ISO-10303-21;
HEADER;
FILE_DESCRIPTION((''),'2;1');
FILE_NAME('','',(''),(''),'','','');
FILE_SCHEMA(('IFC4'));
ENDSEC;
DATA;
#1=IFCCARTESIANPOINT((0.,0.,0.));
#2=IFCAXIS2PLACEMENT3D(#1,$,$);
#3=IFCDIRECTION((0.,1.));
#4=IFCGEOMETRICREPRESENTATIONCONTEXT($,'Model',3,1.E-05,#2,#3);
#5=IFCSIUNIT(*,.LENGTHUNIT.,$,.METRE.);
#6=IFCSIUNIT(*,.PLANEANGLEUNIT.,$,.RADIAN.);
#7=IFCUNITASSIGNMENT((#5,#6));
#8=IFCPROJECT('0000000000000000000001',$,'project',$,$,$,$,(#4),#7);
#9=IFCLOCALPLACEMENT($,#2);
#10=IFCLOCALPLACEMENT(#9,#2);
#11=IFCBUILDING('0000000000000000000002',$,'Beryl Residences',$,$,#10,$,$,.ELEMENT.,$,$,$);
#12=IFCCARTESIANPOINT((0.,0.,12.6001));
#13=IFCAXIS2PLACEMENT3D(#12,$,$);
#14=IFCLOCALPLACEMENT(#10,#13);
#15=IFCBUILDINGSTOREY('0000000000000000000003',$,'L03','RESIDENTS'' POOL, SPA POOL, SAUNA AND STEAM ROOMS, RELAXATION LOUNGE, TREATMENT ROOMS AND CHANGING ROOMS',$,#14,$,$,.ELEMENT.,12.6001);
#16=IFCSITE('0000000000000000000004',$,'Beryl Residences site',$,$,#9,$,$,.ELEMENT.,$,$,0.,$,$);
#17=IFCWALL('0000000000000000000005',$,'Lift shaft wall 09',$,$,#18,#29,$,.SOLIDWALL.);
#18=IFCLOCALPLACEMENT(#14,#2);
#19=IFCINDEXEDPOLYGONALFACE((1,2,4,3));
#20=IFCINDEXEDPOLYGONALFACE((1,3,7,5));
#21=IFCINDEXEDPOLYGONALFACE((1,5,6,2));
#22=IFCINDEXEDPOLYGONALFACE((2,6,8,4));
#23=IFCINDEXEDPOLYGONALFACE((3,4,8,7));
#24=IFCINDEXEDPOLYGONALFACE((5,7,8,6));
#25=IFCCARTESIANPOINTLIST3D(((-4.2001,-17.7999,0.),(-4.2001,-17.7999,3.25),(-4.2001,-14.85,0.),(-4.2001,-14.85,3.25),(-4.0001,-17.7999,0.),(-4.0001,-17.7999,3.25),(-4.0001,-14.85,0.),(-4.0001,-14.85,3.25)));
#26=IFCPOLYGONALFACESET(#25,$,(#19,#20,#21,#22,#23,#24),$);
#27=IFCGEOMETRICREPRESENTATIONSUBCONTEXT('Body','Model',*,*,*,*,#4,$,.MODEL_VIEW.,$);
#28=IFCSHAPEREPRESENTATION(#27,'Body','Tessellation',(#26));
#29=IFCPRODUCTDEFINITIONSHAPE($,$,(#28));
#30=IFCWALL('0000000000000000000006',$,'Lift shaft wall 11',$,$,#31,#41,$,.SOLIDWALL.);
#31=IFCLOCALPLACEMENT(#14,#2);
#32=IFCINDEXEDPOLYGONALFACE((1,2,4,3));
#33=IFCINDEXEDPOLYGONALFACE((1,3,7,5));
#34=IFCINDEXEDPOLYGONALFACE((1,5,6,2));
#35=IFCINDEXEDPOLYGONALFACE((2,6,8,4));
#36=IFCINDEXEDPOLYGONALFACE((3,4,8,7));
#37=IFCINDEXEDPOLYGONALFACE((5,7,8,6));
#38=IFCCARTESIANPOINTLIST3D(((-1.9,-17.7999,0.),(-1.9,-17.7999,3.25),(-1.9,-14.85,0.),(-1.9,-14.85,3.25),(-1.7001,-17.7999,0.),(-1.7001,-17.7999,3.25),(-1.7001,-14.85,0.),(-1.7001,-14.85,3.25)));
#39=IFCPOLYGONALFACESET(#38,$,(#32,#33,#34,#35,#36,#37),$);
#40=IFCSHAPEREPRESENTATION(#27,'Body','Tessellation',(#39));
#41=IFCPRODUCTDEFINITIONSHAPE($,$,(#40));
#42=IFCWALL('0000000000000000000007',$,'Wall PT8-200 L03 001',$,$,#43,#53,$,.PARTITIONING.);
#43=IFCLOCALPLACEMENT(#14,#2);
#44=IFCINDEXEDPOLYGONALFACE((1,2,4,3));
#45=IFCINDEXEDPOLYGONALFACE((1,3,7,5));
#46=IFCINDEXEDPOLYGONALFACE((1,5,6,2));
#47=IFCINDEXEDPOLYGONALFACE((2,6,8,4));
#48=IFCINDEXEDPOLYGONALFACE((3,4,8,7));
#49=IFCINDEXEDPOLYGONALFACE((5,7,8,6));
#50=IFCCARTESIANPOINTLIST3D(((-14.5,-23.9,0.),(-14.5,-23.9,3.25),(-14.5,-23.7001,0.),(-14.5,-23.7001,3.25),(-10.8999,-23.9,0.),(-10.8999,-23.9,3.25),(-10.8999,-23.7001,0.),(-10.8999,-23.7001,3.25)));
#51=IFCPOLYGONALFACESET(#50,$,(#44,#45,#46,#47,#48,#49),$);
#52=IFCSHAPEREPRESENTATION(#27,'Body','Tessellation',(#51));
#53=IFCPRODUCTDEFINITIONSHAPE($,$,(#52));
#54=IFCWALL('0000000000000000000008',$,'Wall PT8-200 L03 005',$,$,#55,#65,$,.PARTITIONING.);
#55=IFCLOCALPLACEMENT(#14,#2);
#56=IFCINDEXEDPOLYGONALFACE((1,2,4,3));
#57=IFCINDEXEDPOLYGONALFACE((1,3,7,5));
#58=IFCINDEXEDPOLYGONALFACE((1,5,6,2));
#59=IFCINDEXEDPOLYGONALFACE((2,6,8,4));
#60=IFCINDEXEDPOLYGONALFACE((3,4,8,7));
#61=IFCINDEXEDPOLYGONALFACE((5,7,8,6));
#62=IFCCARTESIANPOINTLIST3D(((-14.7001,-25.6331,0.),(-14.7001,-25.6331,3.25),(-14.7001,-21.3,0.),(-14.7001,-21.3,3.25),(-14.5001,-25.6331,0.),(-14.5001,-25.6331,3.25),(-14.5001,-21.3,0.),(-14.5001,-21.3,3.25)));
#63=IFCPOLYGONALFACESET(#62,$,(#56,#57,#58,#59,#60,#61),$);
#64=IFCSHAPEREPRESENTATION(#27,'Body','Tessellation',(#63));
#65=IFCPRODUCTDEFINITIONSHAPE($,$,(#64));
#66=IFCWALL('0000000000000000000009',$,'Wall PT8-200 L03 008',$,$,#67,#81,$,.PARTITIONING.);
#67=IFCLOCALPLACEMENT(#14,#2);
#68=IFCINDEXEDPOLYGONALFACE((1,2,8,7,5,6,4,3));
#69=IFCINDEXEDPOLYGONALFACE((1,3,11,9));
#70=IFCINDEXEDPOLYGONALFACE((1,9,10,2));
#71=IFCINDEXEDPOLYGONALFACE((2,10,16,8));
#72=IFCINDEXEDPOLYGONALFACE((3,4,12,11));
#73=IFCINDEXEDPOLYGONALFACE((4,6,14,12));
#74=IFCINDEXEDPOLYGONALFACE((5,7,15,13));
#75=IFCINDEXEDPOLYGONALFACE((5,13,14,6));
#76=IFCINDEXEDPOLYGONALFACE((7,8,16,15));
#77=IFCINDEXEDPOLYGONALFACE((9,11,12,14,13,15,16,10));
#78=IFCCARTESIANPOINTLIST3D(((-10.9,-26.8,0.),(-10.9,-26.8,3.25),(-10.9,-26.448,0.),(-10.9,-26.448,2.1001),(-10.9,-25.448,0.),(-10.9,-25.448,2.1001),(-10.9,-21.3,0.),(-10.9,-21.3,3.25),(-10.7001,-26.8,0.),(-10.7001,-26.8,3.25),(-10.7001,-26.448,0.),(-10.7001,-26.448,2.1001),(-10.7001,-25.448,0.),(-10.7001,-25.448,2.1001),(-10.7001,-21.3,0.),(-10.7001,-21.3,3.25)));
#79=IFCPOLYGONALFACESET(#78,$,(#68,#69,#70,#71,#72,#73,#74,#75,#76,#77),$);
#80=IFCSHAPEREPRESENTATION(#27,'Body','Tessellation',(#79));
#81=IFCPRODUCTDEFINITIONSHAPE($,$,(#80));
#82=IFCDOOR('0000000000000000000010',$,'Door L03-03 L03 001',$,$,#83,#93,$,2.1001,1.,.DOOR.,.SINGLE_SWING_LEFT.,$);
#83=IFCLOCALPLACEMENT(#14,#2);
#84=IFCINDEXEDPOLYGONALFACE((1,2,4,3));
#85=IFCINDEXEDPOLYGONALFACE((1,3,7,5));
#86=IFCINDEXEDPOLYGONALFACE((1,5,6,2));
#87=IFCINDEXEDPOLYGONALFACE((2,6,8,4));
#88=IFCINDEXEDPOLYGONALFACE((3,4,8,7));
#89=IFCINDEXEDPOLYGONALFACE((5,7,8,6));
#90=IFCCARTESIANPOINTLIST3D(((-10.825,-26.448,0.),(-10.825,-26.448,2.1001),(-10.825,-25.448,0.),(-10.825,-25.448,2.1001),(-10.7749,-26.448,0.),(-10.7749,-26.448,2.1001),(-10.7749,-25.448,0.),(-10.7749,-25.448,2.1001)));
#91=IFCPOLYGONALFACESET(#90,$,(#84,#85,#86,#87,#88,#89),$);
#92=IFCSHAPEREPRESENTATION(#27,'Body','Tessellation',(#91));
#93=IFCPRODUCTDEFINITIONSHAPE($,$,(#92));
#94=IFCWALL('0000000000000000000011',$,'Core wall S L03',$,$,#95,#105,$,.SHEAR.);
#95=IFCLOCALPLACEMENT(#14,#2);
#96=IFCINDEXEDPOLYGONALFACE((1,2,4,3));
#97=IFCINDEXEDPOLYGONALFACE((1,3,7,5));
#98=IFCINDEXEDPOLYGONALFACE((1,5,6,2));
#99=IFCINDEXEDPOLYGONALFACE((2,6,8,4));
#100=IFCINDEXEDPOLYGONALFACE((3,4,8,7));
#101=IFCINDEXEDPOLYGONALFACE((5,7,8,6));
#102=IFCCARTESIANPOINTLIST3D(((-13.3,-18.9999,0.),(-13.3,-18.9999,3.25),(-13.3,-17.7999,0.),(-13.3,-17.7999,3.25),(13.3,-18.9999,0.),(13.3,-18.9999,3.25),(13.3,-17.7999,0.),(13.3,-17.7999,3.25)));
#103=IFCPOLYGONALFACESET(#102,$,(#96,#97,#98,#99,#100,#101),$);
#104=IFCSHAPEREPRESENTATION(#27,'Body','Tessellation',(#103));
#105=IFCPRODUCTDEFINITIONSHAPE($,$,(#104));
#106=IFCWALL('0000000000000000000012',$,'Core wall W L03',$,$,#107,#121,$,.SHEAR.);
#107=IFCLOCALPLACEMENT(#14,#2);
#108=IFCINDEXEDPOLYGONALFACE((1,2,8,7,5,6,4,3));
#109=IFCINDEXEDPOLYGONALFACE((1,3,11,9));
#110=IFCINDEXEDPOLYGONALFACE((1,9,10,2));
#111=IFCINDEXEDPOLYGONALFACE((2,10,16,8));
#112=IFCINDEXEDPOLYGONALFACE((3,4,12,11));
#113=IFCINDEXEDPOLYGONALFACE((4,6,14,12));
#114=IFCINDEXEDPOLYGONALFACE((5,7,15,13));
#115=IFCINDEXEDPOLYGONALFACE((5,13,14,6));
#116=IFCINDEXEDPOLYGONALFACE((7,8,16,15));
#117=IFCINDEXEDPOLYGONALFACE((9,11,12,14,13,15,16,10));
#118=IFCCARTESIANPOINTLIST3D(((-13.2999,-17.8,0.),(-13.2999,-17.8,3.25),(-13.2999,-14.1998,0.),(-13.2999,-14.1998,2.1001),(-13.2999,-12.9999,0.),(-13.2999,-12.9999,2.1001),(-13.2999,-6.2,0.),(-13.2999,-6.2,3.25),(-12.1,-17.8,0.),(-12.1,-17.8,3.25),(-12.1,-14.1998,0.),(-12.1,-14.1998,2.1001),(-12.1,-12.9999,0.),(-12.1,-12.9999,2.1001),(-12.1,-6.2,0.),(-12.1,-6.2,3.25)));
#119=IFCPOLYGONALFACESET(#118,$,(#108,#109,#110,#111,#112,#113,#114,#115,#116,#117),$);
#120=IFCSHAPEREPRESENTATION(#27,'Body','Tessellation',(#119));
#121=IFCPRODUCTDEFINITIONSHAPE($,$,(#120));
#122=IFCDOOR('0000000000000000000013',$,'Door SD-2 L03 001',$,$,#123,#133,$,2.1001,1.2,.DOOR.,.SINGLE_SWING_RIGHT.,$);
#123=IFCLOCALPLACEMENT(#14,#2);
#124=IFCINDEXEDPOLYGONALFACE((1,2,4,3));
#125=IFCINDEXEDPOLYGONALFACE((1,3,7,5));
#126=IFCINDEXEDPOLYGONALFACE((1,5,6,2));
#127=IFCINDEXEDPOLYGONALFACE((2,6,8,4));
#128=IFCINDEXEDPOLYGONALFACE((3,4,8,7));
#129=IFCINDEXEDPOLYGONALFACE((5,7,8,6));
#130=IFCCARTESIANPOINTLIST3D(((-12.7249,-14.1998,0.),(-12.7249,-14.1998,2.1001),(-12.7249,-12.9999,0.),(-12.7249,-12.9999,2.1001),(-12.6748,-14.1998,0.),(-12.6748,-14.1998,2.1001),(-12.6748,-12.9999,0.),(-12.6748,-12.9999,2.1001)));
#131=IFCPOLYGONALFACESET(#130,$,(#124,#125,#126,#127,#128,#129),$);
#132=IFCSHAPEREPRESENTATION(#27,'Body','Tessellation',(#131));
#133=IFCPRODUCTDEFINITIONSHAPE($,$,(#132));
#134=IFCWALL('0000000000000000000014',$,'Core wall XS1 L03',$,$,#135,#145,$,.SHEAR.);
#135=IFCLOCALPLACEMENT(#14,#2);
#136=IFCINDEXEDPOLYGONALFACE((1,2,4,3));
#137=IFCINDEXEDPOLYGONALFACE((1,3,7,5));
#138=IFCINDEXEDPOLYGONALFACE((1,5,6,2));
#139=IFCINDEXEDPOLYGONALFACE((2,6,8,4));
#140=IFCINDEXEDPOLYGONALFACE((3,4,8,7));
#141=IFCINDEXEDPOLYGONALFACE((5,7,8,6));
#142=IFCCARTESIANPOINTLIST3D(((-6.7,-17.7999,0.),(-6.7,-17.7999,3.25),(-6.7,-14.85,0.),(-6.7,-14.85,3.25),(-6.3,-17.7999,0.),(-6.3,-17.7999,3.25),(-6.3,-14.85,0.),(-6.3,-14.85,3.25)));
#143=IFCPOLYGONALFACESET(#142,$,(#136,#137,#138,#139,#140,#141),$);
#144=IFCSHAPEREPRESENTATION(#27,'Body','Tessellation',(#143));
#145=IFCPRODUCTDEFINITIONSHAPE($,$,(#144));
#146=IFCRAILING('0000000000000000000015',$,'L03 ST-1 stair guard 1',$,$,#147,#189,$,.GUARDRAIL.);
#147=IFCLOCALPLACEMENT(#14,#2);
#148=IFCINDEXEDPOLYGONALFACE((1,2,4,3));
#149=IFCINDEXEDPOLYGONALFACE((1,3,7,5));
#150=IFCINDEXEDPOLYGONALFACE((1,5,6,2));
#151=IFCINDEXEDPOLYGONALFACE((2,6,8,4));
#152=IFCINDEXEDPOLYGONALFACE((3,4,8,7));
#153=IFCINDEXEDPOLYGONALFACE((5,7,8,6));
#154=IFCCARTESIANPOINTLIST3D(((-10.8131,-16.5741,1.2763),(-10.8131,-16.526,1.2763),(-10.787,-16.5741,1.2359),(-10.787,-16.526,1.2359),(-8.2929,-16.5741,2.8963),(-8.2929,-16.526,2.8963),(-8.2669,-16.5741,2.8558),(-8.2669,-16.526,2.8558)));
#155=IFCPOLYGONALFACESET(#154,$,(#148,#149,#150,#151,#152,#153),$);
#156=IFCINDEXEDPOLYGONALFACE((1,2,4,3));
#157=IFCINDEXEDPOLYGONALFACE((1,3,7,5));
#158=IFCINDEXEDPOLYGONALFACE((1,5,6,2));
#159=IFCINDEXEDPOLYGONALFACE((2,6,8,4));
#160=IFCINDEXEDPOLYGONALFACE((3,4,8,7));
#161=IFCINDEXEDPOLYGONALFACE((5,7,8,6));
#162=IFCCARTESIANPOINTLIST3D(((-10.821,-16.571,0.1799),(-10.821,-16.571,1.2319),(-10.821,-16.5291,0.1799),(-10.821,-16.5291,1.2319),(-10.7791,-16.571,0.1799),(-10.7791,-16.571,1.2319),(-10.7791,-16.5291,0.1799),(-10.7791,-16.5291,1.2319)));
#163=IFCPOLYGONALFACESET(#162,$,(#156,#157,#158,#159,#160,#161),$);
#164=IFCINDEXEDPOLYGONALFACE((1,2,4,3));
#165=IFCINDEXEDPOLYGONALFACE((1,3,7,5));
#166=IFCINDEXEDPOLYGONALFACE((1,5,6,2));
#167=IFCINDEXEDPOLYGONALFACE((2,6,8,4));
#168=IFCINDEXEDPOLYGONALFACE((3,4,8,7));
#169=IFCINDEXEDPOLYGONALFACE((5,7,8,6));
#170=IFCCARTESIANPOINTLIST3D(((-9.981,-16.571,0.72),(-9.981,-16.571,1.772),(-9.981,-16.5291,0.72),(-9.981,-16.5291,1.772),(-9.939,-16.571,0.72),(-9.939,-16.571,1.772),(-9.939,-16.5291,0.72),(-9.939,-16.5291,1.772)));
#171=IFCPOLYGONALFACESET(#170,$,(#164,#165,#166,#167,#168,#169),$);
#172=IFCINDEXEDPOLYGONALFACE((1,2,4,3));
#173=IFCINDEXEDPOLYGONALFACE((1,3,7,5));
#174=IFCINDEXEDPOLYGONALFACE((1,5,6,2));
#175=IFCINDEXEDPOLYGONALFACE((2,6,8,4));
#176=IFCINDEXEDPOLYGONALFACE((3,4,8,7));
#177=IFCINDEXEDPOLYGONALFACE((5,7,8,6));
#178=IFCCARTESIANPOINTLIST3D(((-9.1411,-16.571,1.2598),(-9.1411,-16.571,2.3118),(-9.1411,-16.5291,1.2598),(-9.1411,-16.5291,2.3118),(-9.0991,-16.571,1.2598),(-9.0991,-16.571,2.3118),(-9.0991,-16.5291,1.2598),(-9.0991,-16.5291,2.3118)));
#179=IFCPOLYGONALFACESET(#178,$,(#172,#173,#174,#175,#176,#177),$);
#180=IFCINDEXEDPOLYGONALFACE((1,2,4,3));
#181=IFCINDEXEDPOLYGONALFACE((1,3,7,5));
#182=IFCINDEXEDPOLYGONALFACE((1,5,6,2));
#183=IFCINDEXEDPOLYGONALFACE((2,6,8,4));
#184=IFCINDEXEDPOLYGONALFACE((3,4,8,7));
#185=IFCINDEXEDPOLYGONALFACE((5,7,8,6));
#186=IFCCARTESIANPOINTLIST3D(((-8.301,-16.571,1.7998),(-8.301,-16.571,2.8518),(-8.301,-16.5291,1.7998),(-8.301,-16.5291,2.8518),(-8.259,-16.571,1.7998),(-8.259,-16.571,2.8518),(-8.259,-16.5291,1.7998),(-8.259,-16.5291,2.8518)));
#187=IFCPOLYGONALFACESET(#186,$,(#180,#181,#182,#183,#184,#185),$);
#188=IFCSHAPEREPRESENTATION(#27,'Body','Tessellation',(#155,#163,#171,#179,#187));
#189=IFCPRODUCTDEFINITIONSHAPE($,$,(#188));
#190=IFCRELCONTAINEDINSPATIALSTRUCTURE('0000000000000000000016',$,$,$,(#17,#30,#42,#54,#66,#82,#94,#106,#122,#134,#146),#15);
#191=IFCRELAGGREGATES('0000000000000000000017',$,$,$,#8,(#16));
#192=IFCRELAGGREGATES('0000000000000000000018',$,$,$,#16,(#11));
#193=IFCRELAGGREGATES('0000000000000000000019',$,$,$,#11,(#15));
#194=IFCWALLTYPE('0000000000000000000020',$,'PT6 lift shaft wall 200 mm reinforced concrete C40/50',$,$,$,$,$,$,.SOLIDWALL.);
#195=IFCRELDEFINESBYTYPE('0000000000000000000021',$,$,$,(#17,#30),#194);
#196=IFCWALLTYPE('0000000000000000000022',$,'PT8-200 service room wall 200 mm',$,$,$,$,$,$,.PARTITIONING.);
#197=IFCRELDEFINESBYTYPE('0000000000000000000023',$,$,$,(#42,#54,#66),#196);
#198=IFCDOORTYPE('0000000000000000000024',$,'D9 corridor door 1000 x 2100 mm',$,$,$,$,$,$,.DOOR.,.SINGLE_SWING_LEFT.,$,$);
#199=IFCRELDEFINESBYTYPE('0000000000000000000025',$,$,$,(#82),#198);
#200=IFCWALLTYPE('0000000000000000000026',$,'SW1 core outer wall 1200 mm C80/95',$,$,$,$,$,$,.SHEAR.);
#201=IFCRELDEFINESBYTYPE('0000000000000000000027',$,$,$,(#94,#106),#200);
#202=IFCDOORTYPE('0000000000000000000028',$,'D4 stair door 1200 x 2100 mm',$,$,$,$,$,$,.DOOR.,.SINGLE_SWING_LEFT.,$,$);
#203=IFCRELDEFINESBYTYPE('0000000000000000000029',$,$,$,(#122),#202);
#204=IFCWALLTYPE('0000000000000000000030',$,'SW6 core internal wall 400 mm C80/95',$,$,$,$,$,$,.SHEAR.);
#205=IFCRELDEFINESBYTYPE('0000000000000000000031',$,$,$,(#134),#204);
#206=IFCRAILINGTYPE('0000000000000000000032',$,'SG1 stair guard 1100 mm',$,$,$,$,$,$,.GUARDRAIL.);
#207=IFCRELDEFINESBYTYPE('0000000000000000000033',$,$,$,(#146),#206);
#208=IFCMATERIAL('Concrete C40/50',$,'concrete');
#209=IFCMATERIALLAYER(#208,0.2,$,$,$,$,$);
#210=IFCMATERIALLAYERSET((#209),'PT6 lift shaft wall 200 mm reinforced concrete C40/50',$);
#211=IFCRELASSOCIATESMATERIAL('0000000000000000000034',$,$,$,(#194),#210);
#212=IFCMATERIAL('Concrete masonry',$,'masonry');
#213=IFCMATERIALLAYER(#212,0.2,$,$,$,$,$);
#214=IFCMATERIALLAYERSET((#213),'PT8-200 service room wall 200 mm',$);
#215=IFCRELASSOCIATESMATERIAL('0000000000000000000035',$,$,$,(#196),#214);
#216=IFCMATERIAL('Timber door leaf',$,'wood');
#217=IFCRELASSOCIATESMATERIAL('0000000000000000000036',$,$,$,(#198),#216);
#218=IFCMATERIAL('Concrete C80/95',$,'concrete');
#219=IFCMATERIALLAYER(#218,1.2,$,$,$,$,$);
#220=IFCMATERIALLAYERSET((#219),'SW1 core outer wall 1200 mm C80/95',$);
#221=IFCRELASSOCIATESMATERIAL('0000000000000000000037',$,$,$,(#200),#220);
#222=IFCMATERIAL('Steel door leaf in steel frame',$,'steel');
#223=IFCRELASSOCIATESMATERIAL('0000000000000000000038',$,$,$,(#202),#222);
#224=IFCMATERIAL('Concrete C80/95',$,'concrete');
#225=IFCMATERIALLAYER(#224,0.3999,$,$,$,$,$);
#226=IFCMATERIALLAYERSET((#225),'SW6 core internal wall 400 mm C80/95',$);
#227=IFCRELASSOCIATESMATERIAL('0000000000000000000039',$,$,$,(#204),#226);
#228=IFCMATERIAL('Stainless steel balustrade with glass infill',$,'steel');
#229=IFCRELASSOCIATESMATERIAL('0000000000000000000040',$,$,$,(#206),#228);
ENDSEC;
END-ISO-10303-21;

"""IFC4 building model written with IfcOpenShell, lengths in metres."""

from ifc_helpers import new_model, si_unit, direction, frame, frame_2d, origin, origin_2d, place, context, subcontext, project, spatial, rectangle, extrude, material, layer, layer_set, type_object, element, fill, save


model = new_model("IFC4")

# Units and contexts
model_context = context("Model", 3, precision=1e-05, world=origin(), true_north=direction((0.0, 1.0)))
body_context = subcontext(model_context, "Body", "Model", "MODEL_VIEW")
ifc_project = project(units=[si_unit("LENGTHUNIT", "METRE"), si_unit("PLANEANGLEUNIT", "RADIAN")], contexts=[model_context])

# Site, building, storey
site_placement = place(None, origin())
site = spatial("IfcSite", under=ifc_project, at=site_placement, Name="Beryl Residences site", CompositionType="ELEMENT", RefElevation=0.0)
building_placement = place(site_placement, origin())
building = spatial("IfcBuilding", under=site, at=building_placement, Name="Beryl Residences", CompositionType="ELEMENT")
storey_placement = place(building_placement, frame((0.0, 0.0, 12.6001)))
storey = spatial("IfcBuildingStorey", under=building, at=storey_placement, Name="L03", Description="RESIDENTS' POOL, SPA POOL, SAUNA AND STEAM ROOMS, RELAXATION LOUNGE, TREATMENT ROOMS AND CHANGING ROOMS", CompositionType="ELEMENT", Elevation=12.6001)

# Walls
ifc_material_1 = material(Name="Concrete C40/50", Category="concrete")
ifc_layer_1 = layer(ifc_material_1, 0.2)
ifc_layer_set_1 = layer_set([ifc_layer_1], Name="PT6 lift shaft wall 200 mm reinforced concrete C40/50")
wall_type_1 = type_object("IfcWallType", Name="PT6 lift shaft wall 200 mm reinforced concrete C40/50", PredefinedType="SOLIDWALL", material=ifc_layer_set_1)
for number, where, z_axis, x_axis, name in (
    (1, (-4.1001, -17.8, 0.0), (0.0, 0.0, 1.0), (0.0, 1.0, 0.0), "Lift shaft wall 09"),
    (2, (-1.8, -17.8, 0.0), (0.0, 0.0, 1.0), (0.0, 1.0, 0.0), "Lift shaft wall 11"),
):
    element("IfcWall", number, at=place(storey_placement, frame(where, z_axis=z_axis, x_axis=x_axis)), inside=storey, type_object=wall_type_1, Name=name, PredefinedType="SOLIDWALL", context=body_context, shape_type="SweptSolid", body=[
        extrude(rectangle(XDim=2.95, YDim=0.2, at=frame_2d((1.4751, 0.0))), origin(), (0.0, 0.0, 1.0), 3.25),
    ])
ifc_material_2 = material(Name="Concrete masonry", Category="masonry")
ifc_layer_2 = layer(ifc_material_2, 0.2)
ifc_layer_set_2 = layer_set([ifc_layer_2], Name="PT8-200 service room wall 200 mm")
wall_type_2 = type_object("IfcWallType", Name="PT8-200 service room wall 200 mm", PredefinedType="PARTITIONING", material=ifc_layer_set_2)
wall_1_placement = place(storey_placement, frame((-14.5, -23.8, 0.0), z_axis=(0.0, 0.0, 1.0), x_axis=(1.0, 0.0, 0.0)))
element("IfcWall", 3, at=wall_1_placement, inside=storey, type_object=wall_type_2, Name="Wall PT8-200 L03 001", PredefinedType="PARTITIONING", context=body_context, shape_type="SweptSolid", body=[
    extrude(rectangle(XDim=3.6001, YDim=0.2, at=frame_2d((1.8, 0.0))), origin(), (0.0, 0.0, 1.0), 3.25),
])
wall_2_placement = place(storey_placement, frame((-14.6001, -25.6331, 0.0), z_axis=(0.0, 0.0, 1.0), x_axis=(0.0, 1.0, 0.0)))
element("IfcWall", 4, at=wall_2_placement, inside=storey, type_object=wall_type_2, Name="Wall PT8-200 L03 005", PredefinedType="PARTITIONING", context=body_context, shape_type="SweptSolid", body=[
    extrude(rectangle(XDim=4.333, YDim=0.2, at=frame_2d((2.1665, 0.0))), origin(), (0.0, 0.0, 1.0), 3.25),
])

# Wall, opening, door
wall_3_placement = place(storey_placement, frame((-10.8, -26.8, 0.0), z_axis=(0.0, 0.0, 1.0), x_axis=(0.0, 1.0, 0.0)))
wall_3 = element("IfcWall", 5, at=wall_3_placement, inside=storey, type_object=wall_type_2, Name="Wall PT8-200 L03 008", PredefinedType="PARTITIONING", context=body_context, shape_type="SweptSolid", body=[
    extrude(rectangle(XDim=5.5, YDim=0.2, at=frame_2d((2.75, 0.0))), origin(), (0.0, 0.0, 1.0), 3.25),
])
opening_1_placement = place(wall_3_placement, frame((0.3521, 0.0, 0.0)))
opening_1 = element("IfcOpeningElement", 6, at=opening_1_placement, cuts=wall_3, PredefinedType="OPENING", context=body_context, shape_type="SweptSolid", body=[
    extrude(rectangle(XDim=1.0, YDim=2.1001, at=frame_2d((0.5, 1.05))), frame((0.0, 0.1099, 0.0), z_axis=(0.0, -1.0, 0.0), x_axis=(1.0, 0.0, 0.0)), (0.0, 0.0, 1.0), 0.22),
])
ifc_material_3 = material(Name="Timber door leaf", Category="wood")
door_type_1 = type_object("IfcDoorType", Name="D9 corridor door 1000 x 2100 mm", OperationType="SINGLE_SWING_LEFT", PredefinedType="DOOR", material=ifc_material_3)
door_1_placement = place(opening_1_placement, origin())
door_1 = element("IfcDoor", 7, at=door_1_placement, inside=storey, type_object=door_type_1, Name="Door L03-03 L03 001", OperationType="SINGLE_SWING_LEFT", OverallHeight=2.1001, OverallWidth=1.0, PredefinedType="DOOR", context=body_context, shape_type="SweptSolid", body=[
    extrude(rectangle(XDim=1.0, YDim=2.1001, at=frame_2d((0.5, 1.05))), frame((0.0, 0.0249, 0.0), z_axis=(0.0, -1.0, 0.0), x_axis=(1.0, 0.0, 0.0)), (0.0, 0.0, 1.0), 0.05),
])
fill(opening_1, door_1)

# Wall
ifc_material_4 = material(Name="Concrete C80/95", Category="concrete")
ifc_layer_3 = layer(ifc_material_4, 1.2)
ifc_layer_set_3 = layer_set([ifc_layer_3], Name="SW1 core outer wall 1200 mm C80/95")
wall_type_3 = type_object("IfcWallType", Name="SW1 core outer wall 1200 mm C80/95", PredefinedType="SHEAR", material=ifc_layer_set_3)
wall_4_placement = place(storey_placement, frame((-13.3, -18.3999, 0.0), z_axis=(0.0, 0.0, 1.0), x_axis=(1.0, 0.0, 0.0)))
element("IfcWall", 8, at=wall_4_placement, inside=storey, type_object=wall_type_3, Name="Core wall S L03", PredefinedType="SHEAR", context=body_context, shape_type="SweptSolid", body=[
    extrude(rectangle(XDim=26.6001, YDim=1.2, at=frame_2d((13.3, 0.0))), origin(), (0.0, 0.0, 1.0), 3.25),
])

# Wall, opening, door
wall_5_placement = place(storey_placement, frame((-12.7, -17.8, 0.0), z_axis=(0.0, 0.0, 1.0), x_axis=(0.0, 1.0, 0.0)))
wall_5 = element("IfcWall", 9, at=wall_5_placement, inside=storey, type_object=wall_type_3, Name="Core wall W L03", PredefinedType="SHEAR", context=body_context, shape_type="SweptSolid", body=[
    extrude(rectangle(XDim=11.6001, YDim=1.2, at=frame_2d((5.8, 0.0))), origin(), (0.0, 0.0, 1.0), 3.25),
])
opening_2_placement = place(wall_5_placement, frame((3.6001, 0.0, 0.0)))
opening_2 = element("IfcOpeningElement", 10, at=opening_2_placement, cuts=wall_5, PredefinedType="OPENING", context=body_context, shape_type="SweptSolid", body=[
    extrude(rectangle(XDim=1.2, YDim=2.1001, at=frame_2d((0.6001, 1.05))), frame((0.0, 0.6099, 0.0), z_axis=(0.0, -1.0, 0.0), x_axis=(1.0, 0.0, 0.0)), (0.0, 0.0, 1.0), 1.22),
])
ifc_material_5 = material(Name="Steel door leaf in steel frame", Category="steel")
door_type_2 = type_object("IfcDoorType", Name="D4 stair door 1200 x 2100 mm", OperationType="SINGLE_SWING_LEFT", PredefinedType="DOOR", material=ifc_material_5)
door_2_placement = place(opening_2_placement, origin())
door_2 = element("IfcDoor", 11, at=door_2_placement, inside=storey, type_object=door_type_2, Name="Door SD-2 L03 001", OperationType="SINGLE_SWING_RIGHT", OverallHeight=2.1001, OverallWidth=1.2, PredefinedType="DOOR", context=body_context, shape_type="SweptSolid", body=[
    extrude(rectangle(XDim=1.2, YDim=2.1001, at=frame_2d((0.6001, 1.05))), frame((0.0, 0.0249, 0.0), z_axis=(0.0, -1.0, 0.0), x_axis=(1.0, 0.0, 0.0)), (0.0, 0.0, 1.0), 0.05),
])
fill(opening_2, door_2)

# Wall
ifc_material_6 = material(Name="Concrete C80/95", Category="concrete")
ifc_layer_4 = layer(ifc_material_6, 0.3999)
ifc_layer_set_4 = layer_set([ifc_layer_4], Name="SW6 core internal wall 400 mm C80/95")
wall_type_4 = type_object("IfcWallType", Name="SW6 core internal wall 400 mm C80/95", PredefinedType="SHEAR", material=ifc_layer_set_4)
wall_6_placement = place(storey_placement, frame((-6.5, -17.8, 0.0), z_axis=(0.0, 0.0, 1.0), x_axis=(0.0, 1.0, 0.0)))
element("IfcWall", 12, at=wall_6_placement, inside=storey, type_object=wall_type_4, Name="Core wall XS1 L03", PredefinedType="SHEAR", context=body_context, shape_type="SweptSolid", body=[
    extrude(rectangle(XDim=2.95, YDim=0.3999, at=frame_2d((1.4751, 0.0))), origin(), (0.0, 0.0, 1.0), 3.25),
])

# Railing
ifc_material_7 = material(Name="Stainless steel balustrade with glass infill", Category="steel")
railing_type_1 = type_object("IfcRailingType", Name="SG1 stair guard 1100 mm", PredefinedType="GUARDRAIL", material=ifc_material_7)
railing_1_placement = place(storey_placement, frame((-10.8, -16.55, 0.1799)))
element("IfcRailing", 13, at=railing_1_placement, inside=storey, type_object=railing_type_1, Name="L03 ST-1 stair guard 1", PredefinedType="GUARDRAIL", context=body_context, shape_type="SweptSolid", body=[
    extrude(rectangle(XDim=0.0481, YDim=0.0481, at=origin_2d()), frame((0.0, 0.0, 1.0762), z_axis=(0.8412, 0.0, 0.540725), x_axis=(0.0, 1.0, 0.0)), (0.0, 0.0, 1.0), 2.9958),
    extrude(rectangle(XDim=0.042, YDim=0.042, at=origin_2d()), origin(), (0.0, 0.0, 1.0), 1.052),
    extrude(rectangle(XDim=0.042, YDim=0.042, at=origin_2d()), frame((0.8401, 0.0, 0.54)), (0.0, 0.0, 1.0), 1.052),
    extrude(rectangle(XDim=0.042, YDim=0.042, at=origin_2d()), frame((1.6799, 0.0, 1.0798)), (0.0, 0.0, 1.0), 1.052),
    extrude(rectangle(XDim=0.042, YDim=0.042, at=origin_2d()), frame((2.52, 0.0, 1.6199)), (0.0, 0.0, 1.0), 1.052),
])

save(model, "model.ifc")
